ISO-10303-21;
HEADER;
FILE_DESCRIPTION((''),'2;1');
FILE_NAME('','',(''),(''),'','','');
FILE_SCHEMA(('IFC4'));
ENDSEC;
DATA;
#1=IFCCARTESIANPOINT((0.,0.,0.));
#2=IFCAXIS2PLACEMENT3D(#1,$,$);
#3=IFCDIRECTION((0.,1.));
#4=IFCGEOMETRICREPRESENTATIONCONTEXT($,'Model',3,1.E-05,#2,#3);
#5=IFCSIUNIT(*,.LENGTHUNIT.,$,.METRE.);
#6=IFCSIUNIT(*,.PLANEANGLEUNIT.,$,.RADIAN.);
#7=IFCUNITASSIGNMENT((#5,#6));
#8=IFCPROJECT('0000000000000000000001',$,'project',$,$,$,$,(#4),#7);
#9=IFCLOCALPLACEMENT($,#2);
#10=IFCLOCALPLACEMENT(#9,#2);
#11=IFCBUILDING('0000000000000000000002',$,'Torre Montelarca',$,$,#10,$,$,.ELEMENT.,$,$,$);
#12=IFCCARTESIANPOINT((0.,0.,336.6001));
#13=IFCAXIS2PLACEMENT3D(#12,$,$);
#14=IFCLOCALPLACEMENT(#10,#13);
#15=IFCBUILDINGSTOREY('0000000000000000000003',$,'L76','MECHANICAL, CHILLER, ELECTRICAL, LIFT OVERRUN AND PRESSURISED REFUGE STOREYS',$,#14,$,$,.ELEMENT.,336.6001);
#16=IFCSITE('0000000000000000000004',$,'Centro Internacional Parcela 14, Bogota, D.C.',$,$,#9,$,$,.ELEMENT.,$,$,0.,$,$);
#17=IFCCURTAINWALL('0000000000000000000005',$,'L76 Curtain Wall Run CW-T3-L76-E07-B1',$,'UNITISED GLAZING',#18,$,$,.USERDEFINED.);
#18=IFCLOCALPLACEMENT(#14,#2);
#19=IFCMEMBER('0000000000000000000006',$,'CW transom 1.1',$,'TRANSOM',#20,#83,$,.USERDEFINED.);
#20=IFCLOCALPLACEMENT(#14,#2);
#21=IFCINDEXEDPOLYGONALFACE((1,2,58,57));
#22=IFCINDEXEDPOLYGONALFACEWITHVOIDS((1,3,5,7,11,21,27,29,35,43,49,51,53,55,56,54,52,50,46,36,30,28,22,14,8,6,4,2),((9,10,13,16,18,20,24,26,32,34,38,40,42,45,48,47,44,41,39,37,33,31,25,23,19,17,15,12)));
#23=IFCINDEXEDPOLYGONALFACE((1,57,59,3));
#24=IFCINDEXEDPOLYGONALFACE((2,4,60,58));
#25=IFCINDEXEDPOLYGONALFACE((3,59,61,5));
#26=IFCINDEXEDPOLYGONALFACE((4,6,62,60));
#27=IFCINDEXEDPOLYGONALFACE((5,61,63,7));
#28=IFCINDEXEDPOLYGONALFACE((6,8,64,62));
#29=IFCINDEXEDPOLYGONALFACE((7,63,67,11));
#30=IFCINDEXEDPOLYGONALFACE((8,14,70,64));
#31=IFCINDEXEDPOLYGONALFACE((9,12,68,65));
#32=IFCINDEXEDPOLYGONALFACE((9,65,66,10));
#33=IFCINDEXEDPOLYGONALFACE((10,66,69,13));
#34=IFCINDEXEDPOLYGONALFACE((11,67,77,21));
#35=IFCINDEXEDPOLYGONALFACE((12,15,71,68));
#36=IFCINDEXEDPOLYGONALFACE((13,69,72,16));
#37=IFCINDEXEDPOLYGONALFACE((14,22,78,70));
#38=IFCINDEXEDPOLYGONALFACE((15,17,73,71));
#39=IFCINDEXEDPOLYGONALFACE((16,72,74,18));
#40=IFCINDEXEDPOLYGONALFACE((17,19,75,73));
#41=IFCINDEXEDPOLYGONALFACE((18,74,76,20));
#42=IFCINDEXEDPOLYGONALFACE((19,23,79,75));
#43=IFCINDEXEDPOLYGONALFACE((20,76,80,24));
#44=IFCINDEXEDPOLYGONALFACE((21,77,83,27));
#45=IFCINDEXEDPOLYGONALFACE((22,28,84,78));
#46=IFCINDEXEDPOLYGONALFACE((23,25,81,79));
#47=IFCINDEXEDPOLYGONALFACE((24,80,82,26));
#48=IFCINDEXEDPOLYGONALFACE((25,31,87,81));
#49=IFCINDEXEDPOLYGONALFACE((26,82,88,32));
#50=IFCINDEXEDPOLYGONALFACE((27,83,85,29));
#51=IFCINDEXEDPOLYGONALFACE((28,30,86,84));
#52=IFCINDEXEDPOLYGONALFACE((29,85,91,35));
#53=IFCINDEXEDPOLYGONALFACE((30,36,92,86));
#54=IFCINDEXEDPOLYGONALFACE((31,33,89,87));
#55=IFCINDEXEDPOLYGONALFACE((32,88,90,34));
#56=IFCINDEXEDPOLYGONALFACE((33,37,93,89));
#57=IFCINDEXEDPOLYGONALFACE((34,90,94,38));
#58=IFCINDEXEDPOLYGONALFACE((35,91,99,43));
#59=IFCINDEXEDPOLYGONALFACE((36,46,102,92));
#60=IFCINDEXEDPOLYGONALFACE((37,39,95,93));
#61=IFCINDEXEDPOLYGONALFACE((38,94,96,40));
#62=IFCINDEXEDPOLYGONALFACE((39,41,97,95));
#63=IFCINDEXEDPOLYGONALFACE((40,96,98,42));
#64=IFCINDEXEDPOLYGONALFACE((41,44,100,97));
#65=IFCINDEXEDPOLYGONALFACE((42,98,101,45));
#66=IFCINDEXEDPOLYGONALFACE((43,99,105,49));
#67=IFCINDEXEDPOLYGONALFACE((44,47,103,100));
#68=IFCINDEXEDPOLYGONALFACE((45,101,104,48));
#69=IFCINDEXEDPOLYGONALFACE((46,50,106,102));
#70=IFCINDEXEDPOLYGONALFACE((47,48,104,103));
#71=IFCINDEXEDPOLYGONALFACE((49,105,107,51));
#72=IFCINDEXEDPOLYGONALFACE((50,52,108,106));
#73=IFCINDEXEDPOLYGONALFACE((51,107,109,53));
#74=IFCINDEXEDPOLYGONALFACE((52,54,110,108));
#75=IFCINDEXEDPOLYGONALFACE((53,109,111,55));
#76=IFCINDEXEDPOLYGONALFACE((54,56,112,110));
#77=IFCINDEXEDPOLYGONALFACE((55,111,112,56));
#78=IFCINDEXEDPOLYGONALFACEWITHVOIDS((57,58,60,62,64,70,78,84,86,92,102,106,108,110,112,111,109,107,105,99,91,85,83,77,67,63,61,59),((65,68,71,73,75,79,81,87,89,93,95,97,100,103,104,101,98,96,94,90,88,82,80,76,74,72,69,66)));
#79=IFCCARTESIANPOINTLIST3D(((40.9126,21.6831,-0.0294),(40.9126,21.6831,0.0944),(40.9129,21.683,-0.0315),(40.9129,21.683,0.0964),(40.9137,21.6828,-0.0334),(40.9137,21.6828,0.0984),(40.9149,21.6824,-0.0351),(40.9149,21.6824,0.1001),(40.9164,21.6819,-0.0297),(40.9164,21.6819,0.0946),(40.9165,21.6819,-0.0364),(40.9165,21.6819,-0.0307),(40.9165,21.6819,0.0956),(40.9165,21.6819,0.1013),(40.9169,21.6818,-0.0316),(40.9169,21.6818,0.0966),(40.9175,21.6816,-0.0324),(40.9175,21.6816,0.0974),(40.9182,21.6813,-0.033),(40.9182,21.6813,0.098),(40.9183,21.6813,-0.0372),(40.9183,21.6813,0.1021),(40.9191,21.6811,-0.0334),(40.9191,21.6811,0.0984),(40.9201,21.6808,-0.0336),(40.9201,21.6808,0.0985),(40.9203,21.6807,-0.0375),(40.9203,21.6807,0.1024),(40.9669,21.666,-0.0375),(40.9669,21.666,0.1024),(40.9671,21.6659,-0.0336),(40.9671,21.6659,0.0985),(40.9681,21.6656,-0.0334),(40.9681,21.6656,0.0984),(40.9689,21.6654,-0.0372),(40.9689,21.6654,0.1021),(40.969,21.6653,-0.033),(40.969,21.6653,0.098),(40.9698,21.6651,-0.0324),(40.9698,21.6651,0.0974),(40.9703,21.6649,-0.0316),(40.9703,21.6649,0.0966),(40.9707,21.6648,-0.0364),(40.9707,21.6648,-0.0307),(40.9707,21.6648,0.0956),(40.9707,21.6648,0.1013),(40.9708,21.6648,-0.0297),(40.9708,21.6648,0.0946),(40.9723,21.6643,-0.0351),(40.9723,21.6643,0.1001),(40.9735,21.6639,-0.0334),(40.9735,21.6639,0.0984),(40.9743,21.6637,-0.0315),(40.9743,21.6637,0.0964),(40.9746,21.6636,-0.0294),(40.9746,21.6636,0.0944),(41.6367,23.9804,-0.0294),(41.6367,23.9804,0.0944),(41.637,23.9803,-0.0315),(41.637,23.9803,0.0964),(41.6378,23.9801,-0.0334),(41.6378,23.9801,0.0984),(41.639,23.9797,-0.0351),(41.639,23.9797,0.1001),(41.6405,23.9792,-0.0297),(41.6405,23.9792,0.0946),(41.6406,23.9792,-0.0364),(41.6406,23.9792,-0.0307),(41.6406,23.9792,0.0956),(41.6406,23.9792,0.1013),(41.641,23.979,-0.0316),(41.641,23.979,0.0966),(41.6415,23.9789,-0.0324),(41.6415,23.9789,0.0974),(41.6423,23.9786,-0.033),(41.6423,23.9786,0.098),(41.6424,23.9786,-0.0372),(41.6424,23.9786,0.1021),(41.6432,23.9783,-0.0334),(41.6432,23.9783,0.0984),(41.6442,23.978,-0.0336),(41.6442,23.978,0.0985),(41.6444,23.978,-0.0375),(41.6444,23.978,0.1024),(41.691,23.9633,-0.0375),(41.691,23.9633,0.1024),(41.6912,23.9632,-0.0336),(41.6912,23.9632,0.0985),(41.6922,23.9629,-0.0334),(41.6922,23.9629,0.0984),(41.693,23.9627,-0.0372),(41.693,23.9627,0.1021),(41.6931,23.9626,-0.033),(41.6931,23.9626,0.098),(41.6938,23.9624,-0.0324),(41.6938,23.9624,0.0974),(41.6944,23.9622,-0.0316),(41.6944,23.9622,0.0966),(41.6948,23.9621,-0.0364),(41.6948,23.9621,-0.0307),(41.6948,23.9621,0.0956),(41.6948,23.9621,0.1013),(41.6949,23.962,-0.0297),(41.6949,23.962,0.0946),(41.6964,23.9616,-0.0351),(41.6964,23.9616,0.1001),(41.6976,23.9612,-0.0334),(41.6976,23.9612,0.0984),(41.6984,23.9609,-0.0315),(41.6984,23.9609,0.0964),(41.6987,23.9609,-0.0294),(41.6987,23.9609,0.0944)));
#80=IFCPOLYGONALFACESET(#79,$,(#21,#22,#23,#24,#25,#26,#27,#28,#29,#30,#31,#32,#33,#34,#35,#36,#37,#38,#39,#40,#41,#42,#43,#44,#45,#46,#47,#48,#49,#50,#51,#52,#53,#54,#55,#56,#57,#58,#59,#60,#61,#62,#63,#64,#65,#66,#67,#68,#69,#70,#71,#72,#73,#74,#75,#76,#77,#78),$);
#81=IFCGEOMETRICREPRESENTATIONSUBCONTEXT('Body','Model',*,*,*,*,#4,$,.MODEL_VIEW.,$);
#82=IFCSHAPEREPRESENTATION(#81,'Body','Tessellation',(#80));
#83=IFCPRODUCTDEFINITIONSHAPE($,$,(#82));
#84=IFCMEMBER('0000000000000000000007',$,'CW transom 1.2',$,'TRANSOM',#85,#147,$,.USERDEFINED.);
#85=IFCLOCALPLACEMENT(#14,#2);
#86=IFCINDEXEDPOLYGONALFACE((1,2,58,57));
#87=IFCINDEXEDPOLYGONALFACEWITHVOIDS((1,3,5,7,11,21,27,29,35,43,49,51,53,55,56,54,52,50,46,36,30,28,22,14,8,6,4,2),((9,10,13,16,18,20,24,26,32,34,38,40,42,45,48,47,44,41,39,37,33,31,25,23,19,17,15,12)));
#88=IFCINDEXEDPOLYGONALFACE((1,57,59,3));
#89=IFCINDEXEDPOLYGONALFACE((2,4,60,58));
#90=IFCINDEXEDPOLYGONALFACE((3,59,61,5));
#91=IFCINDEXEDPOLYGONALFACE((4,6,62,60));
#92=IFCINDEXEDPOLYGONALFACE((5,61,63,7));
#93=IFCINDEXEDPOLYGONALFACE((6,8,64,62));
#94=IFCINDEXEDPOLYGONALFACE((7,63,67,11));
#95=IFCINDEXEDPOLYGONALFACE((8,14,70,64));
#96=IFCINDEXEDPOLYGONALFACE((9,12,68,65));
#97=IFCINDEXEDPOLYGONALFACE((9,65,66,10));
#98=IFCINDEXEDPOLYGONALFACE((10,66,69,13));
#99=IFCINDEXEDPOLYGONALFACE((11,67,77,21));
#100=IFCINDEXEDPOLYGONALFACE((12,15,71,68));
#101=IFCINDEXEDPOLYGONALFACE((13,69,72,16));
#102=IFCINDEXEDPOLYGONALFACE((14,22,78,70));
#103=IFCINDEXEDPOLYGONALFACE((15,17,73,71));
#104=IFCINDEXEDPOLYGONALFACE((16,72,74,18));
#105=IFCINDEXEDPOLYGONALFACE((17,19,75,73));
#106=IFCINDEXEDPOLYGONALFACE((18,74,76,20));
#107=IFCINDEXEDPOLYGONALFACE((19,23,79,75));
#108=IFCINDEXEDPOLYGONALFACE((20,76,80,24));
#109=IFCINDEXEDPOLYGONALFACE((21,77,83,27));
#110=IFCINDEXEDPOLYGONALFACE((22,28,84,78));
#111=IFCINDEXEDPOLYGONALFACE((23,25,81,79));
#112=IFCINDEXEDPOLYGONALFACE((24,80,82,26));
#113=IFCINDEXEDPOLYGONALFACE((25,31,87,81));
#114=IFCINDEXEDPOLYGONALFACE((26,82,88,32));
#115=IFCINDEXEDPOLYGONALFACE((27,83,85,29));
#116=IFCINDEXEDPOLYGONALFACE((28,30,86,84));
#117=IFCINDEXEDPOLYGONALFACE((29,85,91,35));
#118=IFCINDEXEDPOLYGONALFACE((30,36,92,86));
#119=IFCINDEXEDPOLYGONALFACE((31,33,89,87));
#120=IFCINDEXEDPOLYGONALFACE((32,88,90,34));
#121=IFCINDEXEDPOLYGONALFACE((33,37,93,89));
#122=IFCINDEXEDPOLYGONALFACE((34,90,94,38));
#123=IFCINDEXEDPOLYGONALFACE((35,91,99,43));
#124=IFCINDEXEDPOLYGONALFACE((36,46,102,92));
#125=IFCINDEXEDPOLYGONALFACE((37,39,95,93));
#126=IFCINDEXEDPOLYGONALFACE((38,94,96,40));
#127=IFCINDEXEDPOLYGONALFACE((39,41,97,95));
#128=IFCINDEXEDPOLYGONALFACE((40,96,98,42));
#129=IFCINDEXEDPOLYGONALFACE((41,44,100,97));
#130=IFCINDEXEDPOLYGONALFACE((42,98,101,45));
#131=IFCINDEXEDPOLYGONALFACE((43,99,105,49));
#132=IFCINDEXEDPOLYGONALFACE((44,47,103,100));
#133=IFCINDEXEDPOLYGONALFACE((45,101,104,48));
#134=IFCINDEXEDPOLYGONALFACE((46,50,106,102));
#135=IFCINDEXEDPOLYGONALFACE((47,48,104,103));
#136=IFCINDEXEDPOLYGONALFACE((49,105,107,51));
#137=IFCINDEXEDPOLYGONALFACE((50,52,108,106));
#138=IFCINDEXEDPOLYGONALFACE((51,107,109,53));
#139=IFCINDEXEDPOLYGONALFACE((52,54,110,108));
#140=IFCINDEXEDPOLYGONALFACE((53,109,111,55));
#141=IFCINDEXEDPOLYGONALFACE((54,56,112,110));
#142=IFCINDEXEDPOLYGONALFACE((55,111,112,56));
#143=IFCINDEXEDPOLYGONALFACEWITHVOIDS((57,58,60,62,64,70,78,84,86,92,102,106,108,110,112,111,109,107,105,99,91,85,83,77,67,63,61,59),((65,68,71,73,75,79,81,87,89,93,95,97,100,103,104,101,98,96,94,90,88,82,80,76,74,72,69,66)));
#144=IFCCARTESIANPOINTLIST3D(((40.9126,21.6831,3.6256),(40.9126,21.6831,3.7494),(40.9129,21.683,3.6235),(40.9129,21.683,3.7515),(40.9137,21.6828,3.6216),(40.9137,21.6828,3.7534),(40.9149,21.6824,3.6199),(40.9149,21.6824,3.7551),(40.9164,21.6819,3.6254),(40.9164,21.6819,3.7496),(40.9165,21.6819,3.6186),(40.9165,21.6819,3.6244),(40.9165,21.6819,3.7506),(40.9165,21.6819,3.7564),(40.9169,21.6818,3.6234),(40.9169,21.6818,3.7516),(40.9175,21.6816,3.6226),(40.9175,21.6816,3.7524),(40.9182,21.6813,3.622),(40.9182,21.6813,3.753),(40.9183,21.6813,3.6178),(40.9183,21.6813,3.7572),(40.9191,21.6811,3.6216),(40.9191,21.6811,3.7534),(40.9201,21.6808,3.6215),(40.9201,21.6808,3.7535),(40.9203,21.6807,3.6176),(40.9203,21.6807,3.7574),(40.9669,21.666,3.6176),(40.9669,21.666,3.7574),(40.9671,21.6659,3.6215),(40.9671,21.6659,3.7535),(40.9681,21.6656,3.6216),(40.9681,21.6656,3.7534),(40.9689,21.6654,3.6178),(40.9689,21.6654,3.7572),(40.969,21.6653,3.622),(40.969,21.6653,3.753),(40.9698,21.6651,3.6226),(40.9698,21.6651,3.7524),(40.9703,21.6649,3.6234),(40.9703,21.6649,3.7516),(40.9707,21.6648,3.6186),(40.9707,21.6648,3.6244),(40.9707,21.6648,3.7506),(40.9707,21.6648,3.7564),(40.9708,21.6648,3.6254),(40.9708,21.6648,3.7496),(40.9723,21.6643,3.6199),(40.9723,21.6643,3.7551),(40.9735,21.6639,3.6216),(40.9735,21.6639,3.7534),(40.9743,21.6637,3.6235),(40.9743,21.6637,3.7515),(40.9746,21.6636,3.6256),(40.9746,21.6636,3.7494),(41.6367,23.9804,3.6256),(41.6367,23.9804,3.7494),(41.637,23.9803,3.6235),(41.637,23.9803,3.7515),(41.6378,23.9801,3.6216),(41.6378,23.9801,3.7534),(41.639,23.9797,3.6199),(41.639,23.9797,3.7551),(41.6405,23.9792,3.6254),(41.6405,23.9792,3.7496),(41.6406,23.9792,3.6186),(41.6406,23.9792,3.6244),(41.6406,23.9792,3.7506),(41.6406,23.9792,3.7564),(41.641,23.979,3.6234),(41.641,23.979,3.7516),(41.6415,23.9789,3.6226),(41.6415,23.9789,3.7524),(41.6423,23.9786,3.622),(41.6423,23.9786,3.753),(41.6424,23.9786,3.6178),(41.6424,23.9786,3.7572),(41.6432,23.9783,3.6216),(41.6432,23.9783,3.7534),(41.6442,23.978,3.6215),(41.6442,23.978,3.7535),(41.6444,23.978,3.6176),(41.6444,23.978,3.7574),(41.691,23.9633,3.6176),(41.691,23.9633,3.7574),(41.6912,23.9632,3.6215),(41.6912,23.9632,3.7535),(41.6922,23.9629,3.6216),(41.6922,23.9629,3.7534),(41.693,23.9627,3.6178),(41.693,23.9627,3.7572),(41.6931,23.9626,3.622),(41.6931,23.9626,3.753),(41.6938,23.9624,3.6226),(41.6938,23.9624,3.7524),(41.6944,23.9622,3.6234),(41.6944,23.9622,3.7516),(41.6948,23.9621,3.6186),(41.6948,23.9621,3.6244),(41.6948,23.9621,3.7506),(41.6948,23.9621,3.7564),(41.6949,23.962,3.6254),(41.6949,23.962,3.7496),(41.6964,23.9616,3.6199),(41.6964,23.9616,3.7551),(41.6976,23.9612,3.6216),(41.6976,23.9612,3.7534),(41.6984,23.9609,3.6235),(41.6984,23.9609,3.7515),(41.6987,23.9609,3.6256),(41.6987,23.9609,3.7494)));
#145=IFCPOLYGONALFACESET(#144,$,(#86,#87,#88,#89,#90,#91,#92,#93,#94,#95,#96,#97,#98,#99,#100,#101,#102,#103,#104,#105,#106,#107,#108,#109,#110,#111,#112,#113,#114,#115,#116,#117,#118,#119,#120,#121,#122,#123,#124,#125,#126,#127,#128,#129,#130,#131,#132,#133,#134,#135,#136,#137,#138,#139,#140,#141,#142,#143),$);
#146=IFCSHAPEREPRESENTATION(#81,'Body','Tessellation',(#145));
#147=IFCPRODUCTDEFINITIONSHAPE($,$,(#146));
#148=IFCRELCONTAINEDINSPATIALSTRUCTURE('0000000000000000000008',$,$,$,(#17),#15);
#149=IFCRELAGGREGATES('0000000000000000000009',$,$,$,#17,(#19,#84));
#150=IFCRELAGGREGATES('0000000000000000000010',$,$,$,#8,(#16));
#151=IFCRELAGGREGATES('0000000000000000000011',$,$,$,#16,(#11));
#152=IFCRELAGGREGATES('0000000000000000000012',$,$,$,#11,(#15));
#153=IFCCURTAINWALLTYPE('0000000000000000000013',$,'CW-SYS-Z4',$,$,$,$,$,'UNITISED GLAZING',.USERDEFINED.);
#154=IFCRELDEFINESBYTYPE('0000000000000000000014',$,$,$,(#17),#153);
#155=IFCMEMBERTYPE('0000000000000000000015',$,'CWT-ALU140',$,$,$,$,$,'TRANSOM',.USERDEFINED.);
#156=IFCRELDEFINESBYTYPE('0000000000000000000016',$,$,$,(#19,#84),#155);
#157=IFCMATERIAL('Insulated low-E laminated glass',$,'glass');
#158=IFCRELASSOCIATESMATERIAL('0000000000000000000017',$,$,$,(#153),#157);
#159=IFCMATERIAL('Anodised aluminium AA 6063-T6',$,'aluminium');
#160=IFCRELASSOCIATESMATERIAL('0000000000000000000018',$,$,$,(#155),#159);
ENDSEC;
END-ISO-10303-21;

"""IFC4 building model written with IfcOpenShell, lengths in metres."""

from ifc_helpers import new_model, si_unit, direction, frame, origin, origin_2d, place, context, subcontext, project, spatial, hollow_rectangle, extrude, source, transform, mapped, material, material_profile, profile_set, type_object, element, aggregate, save


model = new_model("IFC4")

# Units and contexts
model_context = context("Model", 3, precision=1e-05, world=origin(), true_north=direction((0.0, 1.0)))
body_context = subcontext(model_context, "Body", "Model", "MODEL_VIEW")
ifc_project = project(units=[si_unit("LENGTHUNIT", "METRE"), si_unit("PLANEANGLEUNIT", "RADIAN")], contexts=[model_context])

# Site, building, storey
site_placement = place(None, origin())
site = spatial("IfcSite", under=ifc_project, at=site_placement, Name="Centro Internacional Parcela 14, Bogota, D.C.", CompositionType="ELEMENT", RefElevation=0.0)
building_placement = place(site_placement, origin())
building = spatial("IfcBuilding", under=site, at=building_placement, Name="Torre Montelarca", CompositionType="ELEMENT")
storey_placement = place(building_placement, frame((0.0, 0.0, 336.6001)))
storey = spatial("IfcBuildingStorey", under=building, at=storey_placement, Name="L76", Description="MECHANICAL, CHILLER, ELECTRICAL, LIFT OVERRUN AND PRESSURISED REFUGE STOREYS", CompositionType="ELEMENT", Elevation=336.6001)

# Curtain wall
ifc_material_1 = material(Name="Insulated low-E laminated glass", Category="glass")
curtain_wall_type = type_object("IfcCurtainWallType", Name="CW-SYS-Z4", ElementType="UNITISED GLAZING", PredefinedType="USERDEFINED", material=ifc_material_1)
curtain_wall_1_placement = place(storey_placement, origin())
curtain_wall_1 = element("IfcCurtainWall", 1, at=curtain_wall_1_placement, inside=storey, type_object=curtain_wall_type, Name="L76 Curtain Wall Run CW-T3-L76-E07-B1", ObjectType="UNITISED GLAZING", PredefinedType="USERDEFINED")
ifc_material_2 = material(Name="Anodised aluminium AA 6063-T6", Category="aluminium")

# Members
ifc_material_profile_1 = material_profile(ifc_material_2, hollow_rectangle(XDim=0.0649, YDim=0.1399, WallThickness=0.0039, InnerFilletRadius=0.0039, OuterFilletRadius=0.0081, at=origin_2d()), Name="ALU65X140X4", Category="aluminium")
ifc_profile_set_1 = profile_set([ifc_material_profile_1], Name="Anodised aluminium AA 6063-T6")
member_type_1 = type_object("IfcMemberType", Name="CWT-ALU140", ElementType="TRANSOM", PredefinedType="USERDEFINED", material=ifc_profile_set_1)
shared_shape_1 = source(origin(), body_context, "Body", "SweptSolid", [
    extrude(hollow_rectangle(XDim=0.0649, YDim=0.1399, WallThickness=0.0039, InnerFilletRadius=0.0039, OuterFilletRadius=0.0081, at=origin_2d()), origin(), (0.0, 0.0, 1.0), 2.4087),
])
member_1_placement = place(storey_placement, frame((40.9436, 21.6733, 0.0325), z_axis=(0.300617, 0.953745, 0.0), x_axis=(-0.953745, 0.300617, 0.0)))
member_1 = element("IfcMember", 2, at=member_1_placement, type_object=member_type_1, Name="CW transom 1.1", ObjectType="TRANSOM", PredefinedType="USERDEFINED", context=body_context, shape_type="MappedRepresentation", body=[
    mapped(shared_shape_1, transform((0.0, 0.0, 0.0), scale=1.0)),
])
member_2_placement = place(storey_placement, frame((40.9436, 21.6733, 3.6875), z_axis=(0.300617, 0.953745, 0.0), x_axis=(-0.953745, 0.300617, 0.0)))
member_2 = element("IfcMember", 3, at=member_2_placement, type_object=member_type_1, Name="CW transom 1.2", ObjectType="TRANSOM", PredefinedType="USERDEFINED", context=body_context, shape_type="MappedRepresentation", body=[
    mapped(shared_shape_1, transform((0.0, 0.0, 0.0), scale=1.0)),
])

aggregate(curtain_wall_1, [member_1, member_2])

save(model, "model.ifc")
